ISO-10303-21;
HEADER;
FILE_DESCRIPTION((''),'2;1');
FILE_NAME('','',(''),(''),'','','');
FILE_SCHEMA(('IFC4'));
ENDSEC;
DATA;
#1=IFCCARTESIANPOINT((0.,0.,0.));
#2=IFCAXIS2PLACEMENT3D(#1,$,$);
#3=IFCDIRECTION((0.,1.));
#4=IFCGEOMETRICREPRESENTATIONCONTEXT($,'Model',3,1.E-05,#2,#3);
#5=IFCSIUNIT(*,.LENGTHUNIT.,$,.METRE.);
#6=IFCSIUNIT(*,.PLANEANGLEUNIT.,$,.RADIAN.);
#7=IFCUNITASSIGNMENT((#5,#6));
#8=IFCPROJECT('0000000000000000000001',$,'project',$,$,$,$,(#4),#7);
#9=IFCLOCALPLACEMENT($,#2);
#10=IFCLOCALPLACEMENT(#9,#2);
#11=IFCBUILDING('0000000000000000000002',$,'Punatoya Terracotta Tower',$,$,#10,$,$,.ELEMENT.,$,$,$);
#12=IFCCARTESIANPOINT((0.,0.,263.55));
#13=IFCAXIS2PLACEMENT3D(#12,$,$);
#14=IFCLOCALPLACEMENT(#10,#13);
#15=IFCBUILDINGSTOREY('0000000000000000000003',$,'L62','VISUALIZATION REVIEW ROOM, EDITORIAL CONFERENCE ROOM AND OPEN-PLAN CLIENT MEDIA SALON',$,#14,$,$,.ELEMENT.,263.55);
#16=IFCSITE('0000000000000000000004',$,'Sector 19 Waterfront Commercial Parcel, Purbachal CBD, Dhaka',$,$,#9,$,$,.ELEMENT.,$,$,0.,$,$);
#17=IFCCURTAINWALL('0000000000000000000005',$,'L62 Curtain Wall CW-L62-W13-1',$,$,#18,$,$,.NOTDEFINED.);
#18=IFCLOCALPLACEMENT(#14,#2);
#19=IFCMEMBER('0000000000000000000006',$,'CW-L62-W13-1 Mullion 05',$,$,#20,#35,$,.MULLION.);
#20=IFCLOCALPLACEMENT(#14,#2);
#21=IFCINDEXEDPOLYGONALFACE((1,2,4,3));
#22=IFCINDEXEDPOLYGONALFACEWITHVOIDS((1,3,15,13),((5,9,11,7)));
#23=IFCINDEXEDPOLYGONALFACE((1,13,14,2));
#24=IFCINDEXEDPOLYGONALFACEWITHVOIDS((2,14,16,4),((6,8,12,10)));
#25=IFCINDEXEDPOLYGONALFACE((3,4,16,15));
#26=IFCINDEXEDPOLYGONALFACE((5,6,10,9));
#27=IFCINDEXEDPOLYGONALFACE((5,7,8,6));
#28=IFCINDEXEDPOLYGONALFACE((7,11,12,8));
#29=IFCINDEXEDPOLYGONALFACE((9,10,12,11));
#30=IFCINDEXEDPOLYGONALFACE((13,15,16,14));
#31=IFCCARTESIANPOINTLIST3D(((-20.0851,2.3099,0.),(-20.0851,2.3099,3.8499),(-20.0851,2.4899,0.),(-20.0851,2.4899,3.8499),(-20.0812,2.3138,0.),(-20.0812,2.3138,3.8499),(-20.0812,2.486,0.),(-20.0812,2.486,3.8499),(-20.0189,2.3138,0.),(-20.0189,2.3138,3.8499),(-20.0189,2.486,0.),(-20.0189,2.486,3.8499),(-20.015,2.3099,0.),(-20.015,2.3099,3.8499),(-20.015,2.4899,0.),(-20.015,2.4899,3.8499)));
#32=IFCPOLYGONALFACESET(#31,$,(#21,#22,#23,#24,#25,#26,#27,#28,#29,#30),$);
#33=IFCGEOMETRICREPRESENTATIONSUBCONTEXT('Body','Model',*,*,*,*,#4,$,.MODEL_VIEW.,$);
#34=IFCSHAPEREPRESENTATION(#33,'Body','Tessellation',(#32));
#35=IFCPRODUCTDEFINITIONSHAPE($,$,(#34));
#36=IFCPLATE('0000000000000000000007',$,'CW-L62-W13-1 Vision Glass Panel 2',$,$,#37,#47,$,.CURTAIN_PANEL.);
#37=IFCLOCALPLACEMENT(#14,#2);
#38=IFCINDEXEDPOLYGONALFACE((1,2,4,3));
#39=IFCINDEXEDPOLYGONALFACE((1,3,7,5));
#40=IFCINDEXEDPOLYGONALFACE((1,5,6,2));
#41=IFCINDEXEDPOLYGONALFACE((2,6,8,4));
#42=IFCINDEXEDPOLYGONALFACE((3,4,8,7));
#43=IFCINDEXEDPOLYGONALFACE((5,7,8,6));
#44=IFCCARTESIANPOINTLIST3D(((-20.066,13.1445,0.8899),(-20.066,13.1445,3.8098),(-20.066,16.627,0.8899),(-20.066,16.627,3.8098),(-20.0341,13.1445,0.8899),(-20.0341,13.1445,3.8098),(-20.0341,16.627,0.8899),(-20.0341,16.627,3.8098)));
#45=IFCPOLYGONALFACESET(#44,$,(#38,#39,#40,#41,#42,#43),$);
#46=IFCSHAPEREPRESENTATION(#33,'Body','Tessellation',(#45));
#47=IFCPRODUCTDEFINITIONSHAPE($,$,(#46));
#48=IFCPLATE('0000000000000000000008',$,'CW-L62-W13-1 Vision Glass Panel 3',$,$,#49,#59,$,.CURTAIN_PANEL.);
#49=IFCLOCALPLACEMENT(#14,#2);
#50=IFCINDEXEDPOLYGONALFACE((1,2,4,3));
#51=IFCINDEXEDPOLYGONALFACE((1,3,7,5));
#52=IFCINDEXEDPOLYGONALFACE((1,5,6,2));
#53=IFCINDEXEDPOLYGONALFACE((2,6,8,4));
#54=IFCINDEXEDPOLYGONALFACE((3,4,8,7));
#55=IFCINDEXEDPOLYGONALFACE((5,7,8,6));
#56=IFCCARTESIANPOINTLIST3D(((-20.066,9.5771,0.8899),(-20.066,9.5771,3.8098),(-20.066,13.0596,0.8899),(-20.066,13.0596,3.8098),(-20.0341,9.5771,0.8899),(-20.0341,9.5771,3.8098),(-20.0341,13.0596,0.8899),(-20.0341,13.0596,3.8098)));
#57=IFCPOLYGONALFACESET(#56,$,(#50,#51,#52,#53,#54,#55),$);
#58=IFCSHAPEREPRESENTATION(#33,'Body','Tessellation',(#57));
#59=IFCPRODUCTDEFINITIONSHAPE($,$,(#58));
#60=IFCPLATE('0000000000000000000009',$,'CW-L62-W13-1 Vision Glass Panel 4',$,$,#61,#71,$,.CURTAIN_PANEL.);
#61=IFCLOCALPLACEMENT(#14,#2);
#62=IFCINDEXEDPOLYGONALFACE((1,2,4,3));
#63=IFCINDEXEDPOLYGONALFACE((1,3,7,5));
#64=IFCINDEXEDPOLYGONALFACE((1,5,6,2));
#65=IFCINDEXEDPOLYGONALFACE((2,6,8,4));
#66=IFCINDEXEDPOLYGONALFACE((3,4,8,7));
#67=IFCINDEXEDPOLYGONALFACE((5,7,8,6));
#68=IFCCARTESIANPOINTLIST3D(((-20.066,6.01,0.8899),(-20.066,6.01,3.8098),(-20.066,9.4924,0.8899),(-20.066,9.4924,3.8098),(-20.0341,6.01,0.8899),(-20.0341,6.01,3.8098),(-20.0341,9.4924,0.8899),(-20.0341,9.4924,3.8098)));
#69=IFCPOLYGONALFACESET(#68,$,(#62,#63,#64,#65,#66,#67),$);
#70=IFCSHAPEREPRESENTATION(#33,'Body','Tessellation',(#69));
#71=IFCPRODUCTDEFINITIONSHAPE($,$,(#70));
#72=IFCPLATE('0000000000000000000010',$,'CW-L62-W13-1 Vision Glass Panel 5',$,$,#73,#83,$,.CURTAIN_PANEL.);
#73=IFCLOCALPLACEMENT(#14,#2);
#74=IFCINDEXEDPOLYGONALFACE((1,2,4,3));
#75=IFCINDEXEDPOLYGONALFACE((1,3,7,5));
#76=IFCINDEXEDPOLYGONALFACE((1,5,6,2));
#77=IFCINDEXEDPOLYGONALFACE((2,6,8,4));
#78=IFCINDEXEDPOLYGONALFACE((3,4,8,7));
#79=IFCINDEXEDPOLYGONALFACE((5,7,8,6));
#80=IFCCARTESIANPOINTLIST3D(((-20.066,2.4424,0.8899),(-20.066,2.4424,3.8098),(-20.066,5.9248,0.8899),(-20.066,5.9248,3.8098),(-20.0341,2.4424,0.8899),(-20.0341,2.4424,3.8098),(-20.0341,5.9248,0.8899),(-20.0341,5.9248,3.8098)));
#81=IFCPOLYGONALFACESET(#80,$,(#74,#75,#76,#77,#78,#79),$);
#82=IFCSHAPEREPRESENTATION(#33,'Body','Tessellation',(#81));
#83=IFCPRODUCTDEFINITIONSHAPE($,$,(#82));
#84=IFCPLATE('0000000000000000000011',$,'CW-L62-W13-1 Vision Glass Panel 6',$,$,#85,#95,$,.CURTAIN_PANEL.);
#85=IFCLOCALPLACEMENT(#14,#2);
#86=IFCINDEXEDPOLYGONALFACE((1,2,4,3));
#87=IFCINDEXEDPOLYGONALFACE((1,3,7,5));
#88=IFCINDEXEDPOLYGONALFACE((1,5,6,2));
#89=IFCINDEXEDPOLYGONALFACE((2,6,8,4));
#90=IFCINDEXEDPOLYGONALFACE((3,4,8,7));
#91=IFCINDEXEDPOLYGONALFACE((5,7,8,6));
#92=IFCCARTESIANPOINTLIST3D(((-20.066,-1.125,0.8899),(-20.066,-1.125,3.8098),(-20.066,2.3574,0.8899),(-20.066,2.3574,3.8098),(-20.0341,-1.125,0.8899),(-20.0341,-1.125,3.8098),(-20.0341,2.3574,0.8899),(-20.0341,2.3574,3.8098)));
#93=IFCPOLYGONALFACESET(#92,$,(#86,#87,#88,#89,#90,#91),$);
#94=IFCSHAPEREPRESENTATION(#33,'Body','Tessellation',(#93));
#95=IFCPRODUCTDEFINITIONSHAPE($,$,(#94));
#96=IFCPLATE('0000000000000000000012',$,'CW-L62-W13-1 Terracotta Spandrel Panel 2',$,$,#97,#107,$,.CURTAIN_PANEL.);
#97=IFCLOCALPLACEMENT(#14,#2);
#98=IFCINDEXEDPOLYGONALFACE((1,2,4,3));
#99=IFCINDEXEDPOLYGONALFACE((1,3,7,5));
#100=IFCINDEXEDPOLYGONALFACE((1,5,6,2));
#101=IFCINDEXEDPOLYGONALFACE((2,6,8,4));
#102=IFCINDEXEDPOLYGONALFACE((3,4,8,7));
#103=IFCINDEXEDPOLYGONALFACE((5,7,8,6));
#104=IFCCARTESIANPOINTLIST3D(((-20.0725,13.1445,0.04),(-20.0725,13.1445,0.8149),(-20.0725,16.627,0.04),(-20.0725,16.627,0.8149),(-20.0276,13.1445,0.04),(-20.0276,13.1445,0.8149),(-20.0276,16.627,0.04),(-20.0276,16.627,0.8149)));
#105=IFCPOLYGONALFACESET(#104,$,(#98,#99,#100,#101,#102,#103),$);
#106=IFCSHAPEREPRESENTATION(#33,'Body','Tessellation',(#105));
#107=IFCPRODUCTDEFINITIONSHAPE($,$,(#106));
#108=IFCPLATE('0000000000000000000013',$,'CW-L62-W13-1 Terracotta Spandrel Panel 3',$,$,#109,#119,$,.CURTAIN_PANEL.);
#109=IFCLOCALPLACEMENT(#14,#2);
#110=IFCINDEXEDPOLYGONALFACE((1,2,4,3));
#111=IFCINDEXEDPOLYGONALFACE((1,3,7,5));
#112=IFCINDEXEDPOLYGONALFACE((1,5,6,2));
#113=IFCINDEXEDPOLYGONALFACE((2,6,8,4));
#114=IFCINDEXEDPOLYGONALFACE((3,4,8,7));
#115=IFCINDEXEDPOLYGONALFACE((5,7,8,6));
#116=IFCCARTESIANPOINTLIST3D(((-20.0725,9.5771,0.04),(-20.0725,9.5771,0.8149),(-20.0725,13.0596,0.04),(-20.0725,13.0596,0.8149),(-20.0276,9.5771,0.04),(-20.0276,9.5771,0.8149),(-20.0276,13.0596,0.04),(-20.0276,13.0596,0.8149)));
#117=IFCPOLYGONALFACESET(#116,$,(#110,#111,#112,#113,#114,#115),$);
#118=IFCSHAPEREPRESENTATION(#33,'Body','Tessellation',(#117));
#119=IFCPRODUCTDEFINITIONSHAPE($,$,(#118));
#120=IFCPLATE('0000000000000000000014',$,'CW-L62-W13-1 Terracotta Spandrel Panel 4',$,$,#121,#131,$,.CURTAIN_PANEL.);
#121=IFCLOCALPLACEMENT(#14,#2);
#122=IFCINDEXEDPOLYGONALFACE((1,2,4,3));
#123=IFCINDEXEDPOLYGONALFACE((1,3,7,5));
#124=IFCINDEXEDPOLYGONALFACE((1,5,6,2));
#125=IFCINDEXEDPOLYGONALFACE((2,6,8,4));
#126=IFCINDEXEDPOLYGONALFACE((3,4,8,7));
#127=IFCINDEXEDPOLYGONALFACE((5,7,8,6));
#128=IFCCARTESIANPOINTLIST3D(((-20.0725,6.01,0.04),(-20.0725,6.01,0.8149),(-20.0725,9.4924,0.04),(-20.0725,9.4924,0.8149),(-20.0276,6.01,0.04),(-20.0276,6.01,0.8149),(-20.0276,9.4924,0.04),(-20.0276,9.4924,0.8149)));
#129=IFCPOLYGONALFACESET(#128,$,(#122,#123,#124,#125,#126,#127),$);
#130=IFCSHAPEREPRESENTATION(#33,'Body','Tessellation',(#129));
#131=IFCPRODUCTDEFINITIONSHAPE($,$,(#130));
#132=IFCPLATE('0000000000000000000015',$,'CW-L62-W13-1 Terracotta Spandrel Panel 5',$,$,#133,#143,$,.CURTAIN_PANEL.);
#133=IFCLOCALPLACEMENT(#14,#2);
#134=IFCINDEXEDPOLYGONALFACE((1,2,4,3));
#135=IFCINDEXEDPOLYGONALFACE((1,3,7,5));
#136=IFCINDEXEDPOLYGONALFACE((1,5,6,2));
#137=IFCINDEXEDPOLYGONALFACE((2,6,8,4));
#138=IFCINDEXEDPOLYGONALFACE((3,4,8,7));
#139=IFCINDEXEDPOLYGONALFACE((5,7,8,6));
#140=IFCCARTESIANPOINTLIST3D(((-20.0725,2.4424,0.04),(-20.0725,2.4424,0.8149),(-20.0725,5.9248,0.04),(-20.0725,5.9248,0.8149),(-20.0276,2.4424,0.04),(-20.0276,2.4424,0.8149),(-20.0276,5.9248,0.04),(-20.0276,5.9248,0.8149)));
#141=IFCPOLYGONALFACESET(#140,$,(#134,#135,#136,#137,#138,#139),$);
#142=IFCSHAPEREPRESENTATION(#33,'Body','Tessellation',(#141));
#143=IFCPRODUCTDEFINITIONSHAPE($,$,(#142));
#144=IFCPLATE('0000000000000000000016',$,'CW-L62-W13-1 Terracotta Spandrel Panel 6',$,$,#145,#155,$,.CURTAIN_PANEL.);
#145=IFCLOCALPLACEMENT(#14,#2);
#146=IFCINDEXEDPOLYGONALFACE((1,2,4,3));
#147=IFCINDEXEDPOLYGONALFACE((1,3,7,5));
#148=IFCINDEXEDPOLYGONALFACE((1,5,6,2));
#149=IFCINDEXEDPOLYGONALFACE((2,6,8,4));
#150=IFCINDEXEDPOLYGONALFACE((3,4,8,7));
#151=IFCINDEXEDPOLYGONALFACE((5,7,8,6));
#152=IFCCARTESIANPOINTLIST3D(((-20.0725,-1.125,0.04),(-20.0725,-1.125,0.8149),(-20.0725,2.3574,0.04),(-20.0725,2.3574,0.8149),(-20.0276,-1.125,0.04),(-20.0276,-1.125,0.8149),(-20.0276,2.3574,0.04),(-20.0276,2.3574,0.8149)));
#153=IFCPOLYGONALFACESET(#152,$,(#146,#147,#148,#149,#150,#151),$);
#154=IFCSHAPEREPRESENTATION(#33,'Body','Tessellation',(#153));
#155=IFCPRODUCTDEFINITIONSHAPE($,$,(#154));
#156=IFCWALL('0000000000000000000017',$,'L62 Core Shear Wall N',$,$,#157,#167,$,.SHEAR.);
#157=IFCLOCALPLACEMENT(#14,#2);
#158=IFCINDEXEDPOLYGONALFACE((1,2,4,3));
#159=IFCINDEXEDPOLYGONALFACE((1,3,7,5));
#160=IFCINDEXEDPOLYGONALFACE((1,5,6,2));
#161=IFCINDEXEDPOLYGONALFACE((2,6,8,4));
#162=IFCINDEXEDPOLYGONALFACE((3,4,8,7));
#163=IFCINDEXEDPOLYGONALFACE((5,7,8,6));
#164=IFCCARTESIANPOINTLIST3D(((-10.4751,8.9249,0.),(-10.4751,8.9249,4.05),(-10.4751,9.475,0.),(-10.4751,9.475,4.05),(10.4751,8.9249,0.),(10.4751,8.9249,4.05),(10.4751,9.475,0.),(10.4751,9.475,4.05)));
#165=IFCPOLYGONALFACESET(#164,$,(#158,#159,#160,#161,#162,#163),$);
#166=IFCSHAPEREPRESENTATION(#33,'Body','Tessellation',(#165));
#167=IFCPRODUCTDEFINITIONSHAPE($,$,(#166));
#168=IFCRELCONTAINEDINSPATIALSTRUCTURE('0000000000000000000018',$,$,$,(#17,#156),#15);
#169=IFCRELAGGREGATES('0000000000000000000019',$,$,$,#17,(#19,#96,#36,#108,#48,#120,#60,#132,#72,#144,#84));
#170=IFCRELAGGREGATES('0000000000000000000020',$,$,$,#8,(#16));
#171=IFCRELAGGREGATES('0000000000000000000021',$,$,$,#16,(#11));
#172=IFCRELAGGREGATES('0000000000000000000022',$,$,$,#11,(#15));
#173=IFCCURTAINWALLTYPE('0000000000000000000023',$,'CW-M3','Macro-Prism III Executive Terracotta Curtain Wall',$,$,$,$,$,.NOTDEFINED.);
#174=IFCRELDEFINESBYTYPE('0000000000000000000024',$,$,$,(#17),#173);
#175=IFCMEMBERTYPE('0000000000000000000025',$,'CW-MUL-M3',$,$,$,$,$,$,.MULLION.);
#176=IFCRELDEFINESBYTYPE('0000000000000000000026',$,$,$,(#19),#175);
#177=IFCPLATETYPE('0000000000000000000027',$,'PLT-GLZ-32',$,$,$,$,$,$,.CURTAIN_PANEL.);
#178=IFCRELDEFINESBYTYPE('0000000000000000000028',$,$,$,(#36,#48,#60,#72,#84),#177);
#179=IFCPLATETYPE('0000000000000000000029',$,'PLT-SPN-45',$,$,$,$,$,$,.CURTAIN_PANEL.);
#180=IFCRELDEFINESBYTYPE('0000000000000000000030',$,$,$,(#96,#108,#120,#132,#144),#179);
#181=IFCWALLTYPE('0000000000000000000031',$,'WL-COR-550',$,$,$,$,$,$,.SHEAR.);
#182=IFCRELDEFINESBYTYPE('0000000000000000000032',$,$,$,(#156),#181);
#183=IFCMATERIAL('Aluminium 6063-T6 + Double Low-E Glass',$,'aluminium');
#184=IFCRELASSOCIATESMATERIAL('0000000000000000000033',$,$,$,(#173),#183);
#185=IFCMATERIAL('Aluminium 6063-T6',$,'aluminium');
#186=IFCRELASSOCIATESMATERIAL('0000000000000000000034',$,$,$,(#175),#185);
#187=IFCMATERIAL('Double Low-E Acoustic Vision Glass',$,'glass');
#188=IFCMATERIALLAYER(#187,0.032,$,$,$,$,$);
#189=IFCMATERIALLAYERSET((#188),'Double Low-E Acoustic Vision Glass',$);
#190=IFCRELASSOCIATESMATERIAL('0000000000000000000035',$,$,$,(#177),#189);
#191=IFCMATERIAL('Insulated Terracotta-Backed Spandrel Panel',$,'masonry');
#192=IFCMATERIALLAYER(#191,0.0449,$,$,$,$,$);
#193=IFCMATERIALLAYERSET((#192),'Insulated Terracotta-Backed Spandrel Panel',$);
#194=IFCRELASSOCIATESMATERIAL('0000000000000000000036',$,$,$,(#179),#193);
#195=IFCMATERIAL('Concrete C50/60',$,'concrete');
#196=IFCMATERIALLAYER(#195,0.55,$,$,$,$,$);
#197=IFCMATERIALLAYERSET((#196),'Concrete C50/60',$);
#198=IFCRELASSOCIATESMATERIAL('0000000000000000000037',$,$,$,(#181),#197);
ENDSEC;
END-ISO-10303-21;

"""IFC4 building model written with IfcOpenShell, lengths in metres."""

from ifc_helpers import new_model, si_unit, direction, frame, frame_2d, origin, origin_2d, place, context, subcontext, project, spatial, rectangle, hollow_rectangle, extrude, material, layer, layer_set, material_profile, profile_set, type_object, element, aggregate, save


model = new_model("IFC4")

# Units and contexts
model_context = context("Model", 3, precision=1e-05, world=origin(), true_north=direction((0.0, 1.0)))
body_context = subcontext(model_context, "Body", "Model", "MODEL_VIEW")
ifc_project = project(units=[si_unit("LENGTHUNIT", "METRE"), si_unit("PLANEANGLEUNIT", "RADIAN")], contexts=[model_context])

# Site, building, storey
site_placement = place(None, origin())
site = spatial("IfcSite", under=ifc_project, at=site_placement, Name="Sector 19 Waterfront Commercial Parcel, Purbachal CBD, Dhaka", CompositionType="ELEMENT", RefElevation=0.0)
building_placement = place(site_placement, origin())
building = spatial("IfcBuilding", under=site, at=building_placement, Name="Punatoya Terracotta Tower", CompositionType="ELEMENT")
storey_placement = place(building_placement, frame((0.0, 0.0, 263.55)))
storey = spatial("IfcBuildingStorey", under=building, at=storey_placement, Name="L62", Description="VISUALIZATION REVIEW ROOM, EDITORIAL CONFERENCE ROOM AND OPEN-PLAN CLIENT MEDIA SALON", CompositionType="ELEMENT", Elevation=263.55)

# Curtain wall, member, plates
ifc_material_1 = material(Name="Aluminium 6063-T6 + Double Low-E Glass", Category="aluminium")
curtain_wall_type = type_object("IfcCurtainWallType", Name="CW-M3", Description="Macro-Prism III Executive Terracotta Curtain Wall", PredefinedType="NOTDEFINED", material=ifc_material_1)
curtain_wall_placement = place(storey_placement, origin())
curtain_wall = element("IfcCurtainWall", 1, at=curtain_wall_placement, inside=storey, type_object=curtain_wall_type, Name="L62 Curtain Wall CW-L62-W13-1", PredefinedType="NOTDEFINED")
ifc_material_2 = material(Name="Aluminium 6063-T6", Category="aluminium")
ifc_material_profile_1 = material_profile(ifc_material_2, hollow_rectangle(XDim=0.0701, YDim=0.1799, WallThickness=0.0039, at=origin_2d()))
ifc_profile_set_1 = profile_set([ifc_material_profile_1], Name="Aluminium 6063-T6")
member_type = type_object("IfcMemberType", Name="CW-MUL-M3", PredefinedType="MULLION", material=ifc_profile_set_1)
member_1_placement = place(storey_placement, frame((-20.05, 2.3999, 0.0), z_axis=(0.0, 0.0, 1.0), x_axis=(1.0, 0.0, 0.0)))
member_1 = element("IfcMember", 2, at=member_1_placement, type_object=member_type, Name="CW-L62-W13-1 Mullion 05", PredefinedType="MULLION", context=body_context, shape_type="SweptSolid", body=[
    extrude(hollow_rectangle(XDim=0.0701, YDim=0.1799, WallThickness=0.0039, at=origin_2d()), origin(), (0.0, 0.0, 1.0), 3.8499),
])
ifc_material_3 = material(Name="Double Low-E Acoustic Vision Glass", Category="glass")
ifc_layer_1 = layer(ifc_material_3, 0.032)
ifc_layer_set_1 = layer_set([ifc_layer_1], Name="Double Low-E Acoustic Vision Glass")
plate_type_1 = type_object("IfcPlateType", Name="PLT-GLZ-32", PredefinedType="CURTAIN_PANEL", material=ifc_layer_set_1)
plate_1_placement = place(storey_placement, frame((-20.05, 14.8857, 0.8899), z_axis=(0.0, 0.0, 1.0), x_axis=(0.0, -1.0, 0.0)))
plate_1 = element("IfcPlate", 3, at=plate_1_placement, type_object=plate_type_1, Name="CW-L62-W13-1 Vision Glass Panel 2", PredefinedType="CURTAIN_PANEL", context=body_context, shape_type="SweptSolid", body=[
    extrude(rectangle(XDim=3.4824, YDim=0.032, at=origin_2d()), origin(), (0.0, 0.0, 1.0), 2.9199),
])
plate_2_placement = place(storey_placement, frame((-20.05, 11.3184, 0.8899), z_axis=(0.0, 0.0, 1.0), x_axis=(0.0, -1.0, 0.0)))
plate_2 = element("IfcPlate", 4, at=plate_2_placement, type_object=plate_type_1, Name="CW-L62-W13-1 Vision Glass Panel 3", PredefinedType="CURTAIN_PANEL", context=body_context, shape_type="SweptSolid", body=[
    extrude(rectangle(XDim=3.4824, YDim=0.032, at=origin_2d()), origin(), (0.0, 0.0, 1.0), 2.9199),
])
plate_3_placement = place(storey_placement, frame((-20.05, 7.7512, 0.8899), z_axis=(0.0, 0.0, 1.0), x_axis=(0.0, -1.0, 0.0)))
plate_3 = element("IfcPlate", 5, at=plate_3_placement, type_object=plate_type_1, Name="CW-L62-W13-1 Vision Glass Panel 4", PredefinedType="CURTAIN_PANEL", context=body_context, shape_type="SweptSolid", body=[
    extrude(rectangle(XDim=3.4824, YDim=0.032, at=origin_2d()), origin(), (0.0, 0.0, 1.0), 2.9199),
])
plate_4_placement = place(storey_placement, frame((-20.05, 4.1836, 0.8899), z_axis=(0.0, 0.0, 1.0), x_axis=(0.0, -1.0, 0.0)))
plate_4 = element("IfcPlate", 6, at=plate_4_placement, type_object=plate_type_1, Name="CW-L62-W13-1 Vision Glass Panel 5", PredefinedType="CURTAIN_PANEL", context=body_context, shape_type="SweptSolid", body=[
    extrude(rectangle(XDim=3.4824, YDim=0.032, at=origin_2d()), origin(), (0.0, 0.0, 1.0), 2.9199),
])
plate_5_placement = place(storey_placement, frame((-20.05, 0.6162, 0.8899), z_axis=(0.0, 0.0, 1.0), x_axis=(0.0, -1.0, 0.0)))
plate_5 = element("IfcPlate", 7, at=plate_5_placement, type_object=plate_type_1, Name="CW-L62-W13-1 Vision Glass Panel 6", PredefinedType="CURTAIN_PANEL", context=body_context, shape_type="SweptSolid", body=[
    extrude(rectangle(XDim=3.4824, YDim=0.032, at=origin_2d()), origin(), (0.0, 0.0, 1.0), 2.9199),
])
ifc_material_4 = material(Name="Insulated Terracotta-Backed Spandrel Panel", Category="masonry")
ifc_layer_2 = layer(ifc_material_4, 0.0449)
ifc_layer_set_2 = layer_set([ifc_layer_2], Name="Insulated Terracotta-Backed Spandrel Panel")
plate_type_2 = type_object("IfcPlateType", Name="PLT-SPN-45", PredefinedType="CURTAIN_PANEL", material=ifc_layer_set_2)
plate_6_placement = place(storey_placement, frame((-20.05, 14.8857, 0.04), z_axis=(0.0, 0.0, 1.0), x_axis=(0.0, -1.0, 0.0)))
plate_6 = element("IfcPlate", 8, at=plate_6_placement, type_object=plate_type_2, Name="CW-L62-W13-1 Terracotta Spandrel Panel 2", PredefinedType="CURTAIN_PANEL", context=body_context, shape_type="SweptSolid", body=[
    extrude(rectangle(XDim=3.4824, YDim=0.0449, at=origin_2d()), origin(), (0.0, 0.0, 1.0), 0.7749),
])
plate_7_placement = place(storey_placement, frame((-20.05, 11.3184, 0.04), z_axis=(0.0, 0.0, 1.0), x_axis=(0.0, -1.0, 0.0)))
plate_7 = element("IfcPlate", 9, at=plate_7_placement, type_object=plate_type_2, Name="CW-L62-W13-1 Terracotta Spandrel Panel 3", PredefinedType="CURTAIN_PANEL", context=body_context, shape_type="SweptSolid", body=[
    extrude(rectangle(XDim=3.4824, YDim=0.0449, at=origin_2d()), origin(), (0.0, 0.0, 1.0), 0.7749),
])
plate_8_placement = place(storey_placement, frame((-20.05, 7.7512, 0.04), z_axis=(0.0, 0.0, 1.0), x_axis=(0.0, -1.0, 0.0)))
plate_8 = element("IfcPlate", 10, at=plate_8_placement, type_object=plate_type_2, Name="CW-L62-W13-1 Terracotta Spandrel Panel 4", PredefinedType="CURTAIN_PANEL", context=body_context, shape_type="SweptSolid", body=[
    extrude(rectangle(XDim=3.4824, YDim=0.0449, at=origin_2d()), origin(), (0.0, 0.0, 1.0), 0.7749),
])
plate_9_placement = place(storey_placement, frame((-20.05, 4.1836, 0.04), z_axis=(0.0, 0.0, 1.0), x_axis=(0.0, -1.0, 0.0)))
plate_9 = element("IfcPlate", 11, at=plate_9_placement, type_object=plate_type_2, Name="CW-L62-W13-1 Terracotta Spandrel Panel 5", PredefinedType="CURTAIN_PANEL", context=body_context, shape_type="SweptSolid", body=[
    extrude(rectangle(XDim=3.4824, YDim=0.0449, at=origin_2d()), origin(), (0.0, 0.0, 1.0), 0.7749),
])
plate_10_placement = place(storey_placement, frame((-20.05, 0.6162, 0.04), z_axis=(0.0, 0.0, 1.0), x_axis=(0.0, -1.0, 0.0)))
plate_10 = element("IfcPlate", 12, at=plate_10_placement, type_object=plate_type_2, Name="CW-L62-W13-1 Terracotta Spandrel Panel 6", PredefinedType="CURTAIN_PANEL", context=body_context, shape_type="SweptSolid", body=[
    extrude(rectangle(XDim=3.4824, YDim=0.0449, at=origin_2d()), origin(), (0.0, 0.0, 1.0), 0.7749),
])
aggregate(curtain_wall, [member_1, plate_6, plate_1, plate_7, plate_2, plate_8, plate_3, plate_9, plate_4, plate_10, plate_5])

# Wall
ifc_material_5 = material(Name="Concrete C50/60", Category="concrete")
ifc_layer_3 = layer(ifc_material_5, 0.55)
ifc_layer_set_3 = layer_set([ifc_layer_3], Name="Concrete C50/60")
wall_type_1 = type_object("IfcWallType", Name="WL-COR-550", PredefinedType="SHEAR", material=ifc_layer_set_3)
wall_1_placement = place(storey_placement, frame((-10.4751, 9.2, 0.0), z_axis=(0.0, 0.0, 1.0), x_axis=(1.0, 0.0, 0.0)))
element("IfcWall", 13, at=wall_1_placement, inside=storey, type_object=wall_type_1, Name="L62 Core Shear Wall N", PredefinedType="SHEAR", context=body_context, shape_type="SweptSolid", body=[
    extrude(rectangle(XDim=20.9502, YDim=0.55, at=frame_2d((10.4751, 0.0))), origin(), (0.0, 0.0, 1.0), 4.05),
])

save(model, "model.ifc")
